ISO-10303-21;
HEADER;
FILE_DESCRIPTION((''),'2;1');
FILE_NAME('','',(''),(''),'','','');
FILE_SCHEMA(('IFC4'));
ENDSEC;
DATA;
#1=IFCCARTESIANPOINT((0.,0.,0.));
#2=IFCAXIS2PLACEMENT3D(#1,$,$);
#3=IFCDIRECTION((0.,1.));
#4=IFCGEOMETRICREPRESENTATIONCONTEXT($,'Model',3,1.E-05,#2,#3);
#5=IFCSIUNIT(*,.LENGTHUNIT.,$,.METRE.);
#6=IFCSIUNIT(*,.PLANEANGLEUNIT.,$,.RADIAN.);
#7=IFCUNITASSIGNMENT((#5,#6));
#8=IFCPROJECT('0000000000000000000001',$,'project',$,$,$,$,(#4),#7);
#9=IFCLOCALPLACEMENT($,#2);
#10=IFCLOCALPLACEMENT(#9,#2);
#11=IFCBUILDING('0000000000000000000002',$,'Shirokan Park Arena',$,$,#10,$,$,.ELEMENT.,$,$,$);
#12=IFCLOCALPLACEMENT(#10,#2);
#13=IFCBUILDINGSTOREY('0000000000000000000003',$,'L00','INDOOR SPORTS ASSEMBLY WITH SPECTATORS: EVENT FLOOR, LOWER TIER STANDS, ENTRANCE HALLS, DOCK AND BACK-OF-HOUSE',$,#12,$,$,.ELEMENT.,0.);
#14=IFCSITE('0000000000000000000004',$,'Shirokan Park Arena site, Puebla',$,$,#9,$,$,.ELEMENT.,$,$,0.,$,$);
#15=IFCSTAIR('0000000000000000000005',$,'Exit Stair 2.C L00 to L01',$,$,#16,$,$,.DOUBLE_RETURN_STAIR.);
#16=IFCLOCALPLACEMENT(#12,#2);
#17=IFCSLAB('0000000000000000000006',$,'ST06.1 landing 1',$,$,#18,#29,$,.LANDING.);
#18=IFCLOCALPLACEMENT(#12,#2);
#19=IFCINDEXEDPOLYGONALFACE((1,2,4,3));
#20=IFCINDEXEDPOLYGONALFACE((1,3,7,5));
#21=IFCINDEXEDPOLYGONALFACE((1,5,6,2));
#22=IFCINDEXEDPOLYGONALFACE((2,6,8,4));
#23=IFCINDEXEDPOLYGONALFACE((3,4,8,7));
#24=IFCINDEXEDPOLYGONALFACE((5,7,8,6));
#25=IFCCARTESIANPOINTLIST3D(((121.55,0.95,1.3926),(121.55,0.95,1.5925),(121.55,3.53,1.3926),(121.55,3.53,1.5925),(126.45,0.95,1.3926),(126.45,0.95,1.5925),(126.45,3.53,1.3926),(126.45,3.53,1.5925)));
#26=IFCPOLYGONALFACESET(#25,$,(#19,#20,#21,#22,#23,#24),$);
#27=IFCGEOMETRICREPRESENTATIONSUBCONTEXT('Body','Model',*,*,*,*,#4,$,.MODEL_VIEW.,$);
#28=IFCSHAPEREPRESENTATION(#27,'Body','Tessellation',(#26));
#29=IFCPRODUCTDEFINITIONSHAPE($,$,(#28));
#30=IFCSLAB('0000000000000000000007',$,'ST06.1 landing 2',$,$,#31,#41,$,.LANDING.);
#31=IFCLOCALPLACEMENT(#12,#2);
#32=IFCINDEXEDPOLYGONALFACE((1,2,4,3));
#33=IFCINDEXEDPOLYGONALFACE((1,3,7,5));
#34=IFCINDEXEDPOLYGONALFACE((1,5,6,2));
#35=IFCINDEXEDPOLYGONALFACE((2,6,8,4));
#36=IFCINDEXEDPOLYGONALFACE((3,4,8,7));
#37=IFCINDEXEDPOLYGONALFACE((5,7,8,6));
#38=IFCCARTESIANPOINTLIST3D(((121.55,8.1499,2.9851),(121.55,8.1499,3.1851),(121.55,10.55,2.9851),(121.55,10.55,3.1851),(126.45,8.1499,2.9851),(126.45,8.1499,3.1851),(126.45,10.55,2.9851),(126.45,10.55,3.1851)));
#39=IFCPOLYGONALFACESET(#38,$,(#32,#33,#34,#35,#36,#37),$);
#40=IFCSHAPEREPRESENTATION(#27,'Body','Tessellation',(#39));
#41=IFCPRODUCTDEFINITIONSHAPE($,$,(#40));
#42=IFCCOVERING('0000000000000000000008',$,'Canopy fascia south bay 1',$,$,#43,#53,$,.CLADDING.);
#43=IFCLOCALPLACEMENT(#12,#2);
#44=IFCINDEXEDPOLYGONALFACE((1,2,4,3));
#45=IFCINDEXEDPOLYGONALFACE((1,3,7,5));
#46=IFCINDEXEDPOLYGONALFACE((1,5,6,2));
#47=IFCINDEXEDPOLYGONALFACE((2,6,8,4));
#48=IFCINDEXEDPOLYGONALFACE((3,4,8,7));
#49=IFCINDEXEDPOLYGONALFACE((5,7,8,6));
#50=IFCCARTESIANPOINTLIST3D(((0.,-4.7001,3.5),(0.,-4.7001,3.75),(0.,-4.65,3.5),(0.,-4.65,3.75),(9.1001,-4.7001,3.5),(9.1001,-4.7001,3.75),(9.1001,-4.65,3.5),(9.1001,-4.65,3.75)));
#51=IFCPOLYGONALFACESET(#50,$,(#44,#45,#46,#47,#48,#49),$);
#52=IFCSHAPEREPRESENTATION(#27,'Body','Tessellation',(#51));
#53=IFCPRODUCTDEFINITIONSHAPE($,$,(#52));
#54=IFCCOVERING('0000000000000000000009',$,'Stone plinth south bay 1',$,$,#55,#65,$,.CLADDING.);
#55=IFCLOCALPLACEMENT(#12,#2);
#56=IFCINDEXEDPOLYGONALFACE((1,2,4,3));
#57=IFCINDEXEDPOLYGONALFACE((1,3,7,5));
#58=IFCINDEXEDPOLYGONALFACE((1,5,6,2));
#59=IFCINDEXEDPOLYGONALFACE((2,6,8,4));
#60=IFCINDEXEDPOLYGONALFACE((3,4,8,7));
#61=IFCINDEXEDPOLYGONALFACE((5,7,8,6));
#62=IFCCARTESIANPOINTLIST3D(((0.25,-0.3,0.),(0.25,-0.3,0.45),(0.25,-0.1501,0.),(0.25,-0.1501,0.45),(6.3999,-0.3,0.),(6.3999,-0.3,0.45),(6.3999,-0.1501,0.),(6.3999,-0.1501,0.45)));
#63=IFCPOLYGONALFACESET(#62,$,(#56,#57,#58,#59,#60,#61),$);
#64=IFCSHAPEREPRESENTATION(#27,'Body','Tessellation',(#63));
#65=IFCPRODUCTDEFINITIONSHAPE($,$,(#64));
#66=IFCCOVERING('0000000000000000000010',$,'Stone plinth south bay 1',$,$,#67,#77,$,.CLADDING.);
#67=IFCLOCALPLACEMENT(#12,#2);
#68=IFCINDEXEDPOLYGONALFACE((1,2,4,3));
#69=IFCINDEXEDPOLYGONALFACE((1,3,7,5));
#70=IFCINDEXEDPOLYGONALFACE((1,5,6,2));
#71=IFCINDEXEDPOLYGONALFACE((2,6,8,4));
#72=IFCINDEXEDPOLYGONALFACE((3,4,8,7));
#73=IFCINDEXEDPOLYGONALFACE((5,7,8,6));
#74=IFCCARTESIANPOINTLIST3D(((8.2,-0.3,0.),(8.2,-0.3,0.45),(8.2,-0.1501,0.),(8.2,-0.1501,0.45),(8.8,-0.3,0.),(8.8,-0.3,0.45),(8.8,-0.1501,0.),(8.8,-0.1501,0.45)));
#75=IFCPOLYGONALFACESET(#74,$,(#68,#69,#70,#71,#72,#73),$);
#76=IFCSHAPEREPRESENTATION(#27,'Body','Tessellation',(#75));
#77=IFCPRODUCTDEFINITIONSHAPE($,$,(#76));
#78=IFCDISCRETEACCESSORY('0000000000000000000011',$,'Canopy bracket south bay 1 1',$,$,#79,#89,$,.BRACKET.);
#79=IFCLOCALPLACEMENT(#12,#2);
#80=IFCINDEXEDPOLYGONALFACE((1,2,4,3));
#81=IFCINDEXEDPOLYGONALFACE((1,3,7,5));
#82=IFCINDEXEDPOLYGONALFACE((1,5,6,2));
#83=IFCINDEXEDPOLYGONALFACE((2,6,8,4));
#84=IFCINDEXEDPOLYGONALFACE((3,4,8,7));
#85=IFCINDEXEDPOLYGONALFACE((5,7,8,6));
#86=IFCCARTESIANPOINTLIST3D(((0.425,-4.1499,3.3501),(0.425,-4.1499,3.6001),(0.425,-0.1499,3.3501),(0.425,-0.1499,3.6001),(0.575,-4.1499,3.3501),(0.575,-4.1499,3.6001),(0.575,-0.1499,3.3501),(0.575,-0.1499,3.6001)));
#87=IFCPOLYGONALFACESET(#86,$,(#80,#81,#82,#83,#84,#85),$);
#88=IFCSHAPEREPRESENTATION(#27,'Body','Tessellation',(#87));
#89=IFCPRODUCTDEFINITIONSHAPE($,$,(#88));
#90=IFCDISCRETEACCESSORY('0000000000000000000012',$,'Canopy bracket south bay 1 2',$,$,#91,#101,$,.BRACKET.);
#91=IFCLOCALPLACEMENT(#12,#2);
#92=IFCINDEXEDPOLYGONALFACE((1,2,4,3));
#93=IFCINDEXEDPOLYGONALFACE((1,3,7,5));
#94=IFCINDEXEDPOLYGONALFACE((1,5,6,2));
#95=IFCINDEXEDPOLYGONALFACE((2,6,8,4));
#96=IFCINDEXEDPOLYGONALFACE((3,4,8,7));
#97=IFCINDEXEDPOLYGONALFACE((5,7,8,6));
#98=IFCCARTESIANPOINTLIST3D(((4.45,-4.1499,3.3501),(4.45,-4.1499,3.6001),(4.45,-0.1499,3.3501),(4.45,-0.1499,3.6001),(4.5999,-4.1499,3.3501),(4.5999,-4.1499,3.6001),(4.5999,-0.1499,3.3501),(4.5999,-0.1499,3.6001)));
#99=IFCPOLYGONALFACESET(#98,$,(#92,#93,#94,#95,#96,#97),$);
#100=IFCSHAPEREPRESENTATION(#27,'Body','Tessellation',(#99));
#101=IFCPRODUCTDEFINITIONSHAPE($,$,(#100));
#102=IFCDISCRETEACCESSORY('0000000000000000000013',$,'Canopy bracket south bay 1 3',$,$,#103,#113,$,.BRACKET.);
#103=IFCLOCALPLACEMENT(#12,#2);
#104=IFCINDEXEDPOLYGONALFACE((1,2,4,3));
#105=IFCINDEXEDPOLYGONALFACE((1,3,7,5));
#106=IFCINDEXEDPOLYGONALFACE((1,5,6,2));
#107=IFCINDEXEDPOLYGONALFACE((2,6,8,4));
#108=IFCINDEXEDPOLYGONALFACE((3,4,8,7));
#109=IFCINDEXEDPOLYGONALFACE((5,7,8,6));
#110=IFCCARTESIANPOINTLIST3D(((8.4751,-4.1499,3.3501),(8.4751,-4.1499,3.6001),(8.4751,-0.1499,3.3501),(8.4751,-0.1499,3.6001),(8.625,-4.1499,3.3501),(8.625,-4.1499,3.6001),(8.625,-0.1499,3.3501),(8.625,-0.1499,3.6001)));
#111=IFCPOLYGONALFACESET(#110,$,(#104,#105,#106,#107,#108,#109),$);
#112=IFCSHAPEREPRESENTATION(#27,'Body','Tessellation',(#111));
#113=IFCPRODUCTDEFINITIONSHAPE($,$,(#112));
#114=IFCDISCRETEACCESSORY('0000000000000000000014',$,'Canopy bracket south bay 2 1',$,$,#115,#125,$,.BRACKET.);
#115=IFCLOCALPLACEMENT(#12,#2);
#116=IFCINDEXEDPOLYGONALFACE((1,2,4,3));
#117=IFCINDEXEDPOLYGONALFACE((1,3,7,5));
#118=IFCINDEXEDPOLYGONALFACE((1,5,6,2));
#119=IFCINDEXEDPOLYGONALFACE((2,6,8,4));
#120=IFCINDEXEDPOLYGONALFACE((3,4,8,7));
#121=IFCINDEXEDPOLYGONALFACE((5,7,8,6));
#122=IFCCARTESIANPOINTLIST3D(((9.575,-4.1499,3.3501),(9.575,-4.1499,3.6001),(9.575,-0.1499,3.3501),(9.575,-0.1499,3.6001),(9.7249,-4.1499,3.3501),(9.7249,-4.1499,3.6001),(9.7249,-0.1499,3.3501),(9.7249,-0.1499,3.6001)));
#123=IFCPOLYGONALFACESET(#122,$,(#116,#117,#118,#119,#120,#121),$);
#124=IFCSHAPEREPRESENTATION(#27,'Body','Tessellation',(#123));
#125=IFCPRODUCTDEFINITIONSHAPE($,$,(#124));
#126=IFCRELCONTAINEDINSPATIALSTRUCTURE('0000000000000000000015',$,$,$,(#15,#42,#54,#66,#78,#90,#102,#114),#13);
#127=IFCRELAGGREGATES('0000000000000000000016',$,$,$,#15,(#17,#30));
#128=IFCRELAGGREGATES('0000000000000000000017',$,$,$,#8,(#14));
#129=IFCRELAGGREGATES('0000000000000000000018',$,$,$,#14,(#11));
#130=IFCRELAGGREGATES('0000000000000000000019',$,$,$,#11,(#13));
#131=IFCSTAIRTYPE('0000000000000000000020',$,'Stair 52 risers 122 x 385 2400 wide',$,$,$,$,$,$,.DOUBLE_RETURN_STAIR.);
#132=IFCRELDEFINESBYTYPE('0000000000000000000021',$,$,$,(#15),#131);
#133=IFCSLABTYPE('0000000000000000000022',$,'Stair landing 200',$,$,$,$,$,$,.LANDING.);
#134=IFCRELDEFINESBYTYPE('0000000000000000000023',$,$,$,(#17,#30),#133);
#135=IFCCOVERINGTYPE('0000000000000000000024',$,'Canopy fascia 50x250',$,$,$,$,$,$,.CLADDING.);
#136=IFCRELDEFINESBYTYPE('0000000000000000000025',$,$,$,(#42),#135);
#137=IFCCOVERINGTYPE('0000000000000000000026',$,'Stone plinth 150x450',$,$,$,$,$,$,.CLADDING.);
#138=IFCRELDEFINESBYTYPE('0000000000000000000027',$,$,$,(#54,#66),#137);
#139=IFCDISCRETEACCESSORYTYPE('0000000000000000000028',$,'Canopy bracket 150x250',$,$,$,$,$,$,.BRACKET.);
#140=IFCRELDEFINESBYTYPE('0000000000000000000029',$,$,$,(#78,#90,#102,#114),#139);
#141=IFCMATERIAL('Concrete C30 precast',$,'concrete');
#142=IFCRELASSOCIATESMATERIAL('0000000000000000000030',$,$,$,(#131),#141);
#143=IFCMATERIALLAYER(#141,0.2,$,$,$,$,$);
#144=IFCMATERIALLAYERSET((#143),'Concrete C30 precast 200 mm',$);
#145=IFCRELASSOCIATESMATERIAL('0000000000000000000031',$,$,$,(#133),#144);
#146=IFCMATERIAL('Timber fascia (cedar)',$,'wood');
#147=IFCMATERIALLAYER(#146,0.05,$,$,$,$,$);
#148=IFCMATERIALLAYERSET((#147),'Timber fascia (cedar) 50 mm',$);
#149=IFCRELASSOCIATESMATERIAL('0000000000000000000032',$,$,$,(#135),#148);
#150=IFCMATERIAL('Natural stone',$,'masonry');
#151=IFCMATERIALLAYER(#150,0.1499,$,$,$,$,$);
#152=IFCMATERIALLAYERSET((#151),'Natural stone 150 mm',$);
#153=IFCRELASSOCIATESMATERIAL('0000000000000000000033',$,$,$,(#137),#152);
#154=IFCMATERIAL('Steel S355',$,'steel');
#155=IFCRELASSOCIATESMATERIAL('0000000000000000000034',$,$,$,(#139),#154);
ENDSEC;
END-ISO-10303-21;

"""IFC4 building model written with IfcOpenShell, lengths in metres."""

from ifc_helpers import new_model, si_unit, direction, frame, origin, origin_2d, place, context, subcontext, project, spatial, polyline, rectangle, outline, extrude, material, layer, layer_set, type_object, element, aggregate, save


model = new_model("IFC4")

# Units and contexts
model_context = context("Model", 3, precision=1e-05, world=origin(), true_north=direction((0.0, 1.0)))
body_context = subcontext(model_context, "Body", "Model", "MODEL_VIEW")
ifc_project = project(units=[si_unit("LENGTHUNIT", "METRE"), si_unit("PLANEANGLEUNIT", "RADIAN")], contexts=[model_context])

# Site, building, storey
site_placement = place(None, origin())
site = spatial("IfcSite", under=ifc_project, at=site_placement, Name="Shirokan Park Arena site, Puebla", CompositionType="ELEMENT", RefElevation=0.0)
building_placement = place(site_placement, origin())
building = spatial("IfcBuilding", under=site, at=building_placement, Name="Shirokan Park Arena", CompositionType="ELEMENT")
storey_placement = place(building_placement, origin())
storey = spatial("IfcBuildingStorey", under=building, at=storey_placement, Name="L00", Description="INDOOR SPORTS ASSEMBLY WITH SPECTATORS: EVENT FLOOR, LOWER TIER STANDS, ENTRANCE HALLS, DOCK AND BACK-OF-HOUSE", CompositionType="ELEMENT", Elevation=0.0)

# Shared definitions
ifc_material_1 = material(Name="Steel S355", Category="steel")

# Shared definitions
ifc_material_2 = material(Name="Concrete C30 precast", Category="concrete")
stair_type = type_object("IfcStairType", Name="Stair 52 risers 122 x 385 2400 wide", PredefinedType="DOUBLE_RETURN_STAIR", material=ifc_material_2)
ifc_layer_1 = layer(ifc_material_2, 0.2)
ifc_layer_set_1 = layer_set([ifc_layer_1], Name="Concrete C30 precast 200 mm")
slab_type = type_object("IfcSlabType", Name="Stair landing 200", PredefinedType="LANDING", material=ifc_layer_set_1)

# Stair, slabs
stair_1_placement = place(storey_placement, origin())
stair_1 = element("IfcStair", 1, at=stair_1_placement, inside=storey, type_object=stair_type, Name="Exit Stair 2.C L00 to L01", PredefinedType="DOUBLE_RETURN_STAIR")
slab_1_placement = place(storey_placement, frame((0.0, 0.0, 1.3926)))
slab_1 = element("IfcSlab", 2, at=slab_1_placement, type_object=slab_type, Name="ST06.1 landing 1", PredefinedType="LANDING", context=body_context, shape_type="SweptSolid", body=[
    extrude(outline(polyline([(121.55, 0.95), (126.45, 0.95), (126.45, 3.53), (121.55, 3.53), (121.55, 0.95)])), origin(), (0.0, 0.0, 1.0), 0.2),
])
slab_2_placement = place(storey_placement, frame((0.0, 0.0, 2.9851)))
slab_2 = element("IfcSlab", 3, at=slab_2_placement, type_object=slab_type, Name="ST06.1 landing 2", PredefinedType="LANDING", context=body_context, shape_type="SweptSolid", body=[
    extrude(outline(polyline([(121.55, 8.1499), (126.45, 8.1499), (126.45, 10.55), (121.55, 10.55), (121.55, 8.1499)])), origin(), (0.0, 0.0, 1.0), 0.2),
])
aggregate(stair_1, [slab_1, slab_2])

# Coverings
ifc_material_3 = material(Name="Timber fascia (cedar)", Category="wood")
ifc_layer_2 = layer(ifc_material_3, 0.05)
ifc_layer_set_2 = layer_set([ifc_layer_2], Name="Timber fascia (cedar) 50 mm")
covering_type_1 = type_object("IfcCoveringType", Name="Canopy fascia 50x250", PredefinedType="CLADDING", material=ifc_layer_set_2)
covering_1_placement = place(storey_placement, frame((4.55, -4.675, 3.5), z_axis=(0.0, 0.0, 1.0), x_axis=(1.0, 0.0, 0.0)))
element("IfcCovering", 4, at=covering_1_placement, inside=storey, type_object=covering_type_1, Name="Canopy fascia south bay 1", PredefinedType="CLADDING", context=body_context, shape_type="SweptSolid", body=[
    extrude(rectangle(XDim=9.1001, YDim=0.05, at=origin_2d()), origin(), (0.0, 0.0, 1.0), 0.25),
])
ifc_material_4 = material(Name="Natural stone", Category="masonry")
ifc_layer_3 = layer(ifc_material_4, 0.1499)
ifc_layer_set_3 = layer_set([ifc_layer_3], Name="Natural stone 150 mm")
covering_type_2 = type_object("IfcCoveringType", Name="Stone plinth 150x450", PredefinedType="CLADDING", material=ifc_layer_set_3)
covering_2_placement = place(storey_placement, frame((3.325, -0.2251, 0.0), z_axis=(0.0, 0.0, 1.0), x_axis=(1.0, 0.0, 0.0)))
element("IfcCovering", 5, at=covering_2_placement, inside=storey, type_object=covering_type_2, Name="Stone plinth south bay 1", PredefinedType="CLADDING", context=body_context, shape_type="SweptSolid", body=[
    extrude(rectangle(XDim=6.1499, YDim=0.1499, at=origin_2d()), origin(), (0.0, 0.0, 1.0), 0.45),
])
covering_3_placement = place(storey_placement, frame((8.5, -0.2251, 0.0), z_axis=(0.0, 0.0, 1.0), x_axis=(1.0, 0.0, 0.0)))
element("IfcCovering", 6, at=covering_3_placement, inside=storey, type_object=covering_type_2, Name="Stone plinth south bay 1", PredefinedType="CLADDING", context=body_context, shape_type="SweptSolid", body=[
    extrude(rectangle(XDim=0.6001, YDim=0.1499, at=origin_2d()), origin(), (0.0, 0.0, 1.0), 0.45),
])

# Discrete accessories
discrete_accessory_type = type_object("IfcDiscreteAccessoryType", Name="Canopy bracket 150x250", PredefinedType="BRACKET", material=ifc_material_1)
for number, where, z_axis, x_axis, name in (
    (7, (0.5, -2.1499, 3.3501), (0.0, 0.0, 1.0), (1.0, 0.0, 0.0), "Canopy bracket south bay 1 1"),
    (8, (4.5249, -2.1499, 3.3501), (0.0, 0.0, 1.0), (1.0, 0.0, 0.0), "Canopy bracket south bay 1 2"),
    (9, (8.55, -2.1499, 3.3501), (0.0, 0.0, 1.0), (1.0, 0.0, 0.0), "Canopy bracket south bay 1 3"),
    (10, (9.6499, -2.1499, 3.3501), (0.0, 0.0, 1.0), (1.0, 0.0, 0.0), "Canopy bracket south bay 2 1"),
):
    element("IfcDiscreteAccessory", number, at=place(storey_placement, frame(where, z_axis=z_axis, x_axis=x_axis)), inside=storey, type_object=discrete_accessory_type, Name=name, PredefinedType="BRACKET", context=body_context, shape_type="SweptSolid", body=[
        extrude(rectangle(XDim=0.1499, YDim=4.0, at=origin_2d()), origin(), (0.0, 0.0, 1.0), 0.25),
    ])

save(model, "model.ifc")
